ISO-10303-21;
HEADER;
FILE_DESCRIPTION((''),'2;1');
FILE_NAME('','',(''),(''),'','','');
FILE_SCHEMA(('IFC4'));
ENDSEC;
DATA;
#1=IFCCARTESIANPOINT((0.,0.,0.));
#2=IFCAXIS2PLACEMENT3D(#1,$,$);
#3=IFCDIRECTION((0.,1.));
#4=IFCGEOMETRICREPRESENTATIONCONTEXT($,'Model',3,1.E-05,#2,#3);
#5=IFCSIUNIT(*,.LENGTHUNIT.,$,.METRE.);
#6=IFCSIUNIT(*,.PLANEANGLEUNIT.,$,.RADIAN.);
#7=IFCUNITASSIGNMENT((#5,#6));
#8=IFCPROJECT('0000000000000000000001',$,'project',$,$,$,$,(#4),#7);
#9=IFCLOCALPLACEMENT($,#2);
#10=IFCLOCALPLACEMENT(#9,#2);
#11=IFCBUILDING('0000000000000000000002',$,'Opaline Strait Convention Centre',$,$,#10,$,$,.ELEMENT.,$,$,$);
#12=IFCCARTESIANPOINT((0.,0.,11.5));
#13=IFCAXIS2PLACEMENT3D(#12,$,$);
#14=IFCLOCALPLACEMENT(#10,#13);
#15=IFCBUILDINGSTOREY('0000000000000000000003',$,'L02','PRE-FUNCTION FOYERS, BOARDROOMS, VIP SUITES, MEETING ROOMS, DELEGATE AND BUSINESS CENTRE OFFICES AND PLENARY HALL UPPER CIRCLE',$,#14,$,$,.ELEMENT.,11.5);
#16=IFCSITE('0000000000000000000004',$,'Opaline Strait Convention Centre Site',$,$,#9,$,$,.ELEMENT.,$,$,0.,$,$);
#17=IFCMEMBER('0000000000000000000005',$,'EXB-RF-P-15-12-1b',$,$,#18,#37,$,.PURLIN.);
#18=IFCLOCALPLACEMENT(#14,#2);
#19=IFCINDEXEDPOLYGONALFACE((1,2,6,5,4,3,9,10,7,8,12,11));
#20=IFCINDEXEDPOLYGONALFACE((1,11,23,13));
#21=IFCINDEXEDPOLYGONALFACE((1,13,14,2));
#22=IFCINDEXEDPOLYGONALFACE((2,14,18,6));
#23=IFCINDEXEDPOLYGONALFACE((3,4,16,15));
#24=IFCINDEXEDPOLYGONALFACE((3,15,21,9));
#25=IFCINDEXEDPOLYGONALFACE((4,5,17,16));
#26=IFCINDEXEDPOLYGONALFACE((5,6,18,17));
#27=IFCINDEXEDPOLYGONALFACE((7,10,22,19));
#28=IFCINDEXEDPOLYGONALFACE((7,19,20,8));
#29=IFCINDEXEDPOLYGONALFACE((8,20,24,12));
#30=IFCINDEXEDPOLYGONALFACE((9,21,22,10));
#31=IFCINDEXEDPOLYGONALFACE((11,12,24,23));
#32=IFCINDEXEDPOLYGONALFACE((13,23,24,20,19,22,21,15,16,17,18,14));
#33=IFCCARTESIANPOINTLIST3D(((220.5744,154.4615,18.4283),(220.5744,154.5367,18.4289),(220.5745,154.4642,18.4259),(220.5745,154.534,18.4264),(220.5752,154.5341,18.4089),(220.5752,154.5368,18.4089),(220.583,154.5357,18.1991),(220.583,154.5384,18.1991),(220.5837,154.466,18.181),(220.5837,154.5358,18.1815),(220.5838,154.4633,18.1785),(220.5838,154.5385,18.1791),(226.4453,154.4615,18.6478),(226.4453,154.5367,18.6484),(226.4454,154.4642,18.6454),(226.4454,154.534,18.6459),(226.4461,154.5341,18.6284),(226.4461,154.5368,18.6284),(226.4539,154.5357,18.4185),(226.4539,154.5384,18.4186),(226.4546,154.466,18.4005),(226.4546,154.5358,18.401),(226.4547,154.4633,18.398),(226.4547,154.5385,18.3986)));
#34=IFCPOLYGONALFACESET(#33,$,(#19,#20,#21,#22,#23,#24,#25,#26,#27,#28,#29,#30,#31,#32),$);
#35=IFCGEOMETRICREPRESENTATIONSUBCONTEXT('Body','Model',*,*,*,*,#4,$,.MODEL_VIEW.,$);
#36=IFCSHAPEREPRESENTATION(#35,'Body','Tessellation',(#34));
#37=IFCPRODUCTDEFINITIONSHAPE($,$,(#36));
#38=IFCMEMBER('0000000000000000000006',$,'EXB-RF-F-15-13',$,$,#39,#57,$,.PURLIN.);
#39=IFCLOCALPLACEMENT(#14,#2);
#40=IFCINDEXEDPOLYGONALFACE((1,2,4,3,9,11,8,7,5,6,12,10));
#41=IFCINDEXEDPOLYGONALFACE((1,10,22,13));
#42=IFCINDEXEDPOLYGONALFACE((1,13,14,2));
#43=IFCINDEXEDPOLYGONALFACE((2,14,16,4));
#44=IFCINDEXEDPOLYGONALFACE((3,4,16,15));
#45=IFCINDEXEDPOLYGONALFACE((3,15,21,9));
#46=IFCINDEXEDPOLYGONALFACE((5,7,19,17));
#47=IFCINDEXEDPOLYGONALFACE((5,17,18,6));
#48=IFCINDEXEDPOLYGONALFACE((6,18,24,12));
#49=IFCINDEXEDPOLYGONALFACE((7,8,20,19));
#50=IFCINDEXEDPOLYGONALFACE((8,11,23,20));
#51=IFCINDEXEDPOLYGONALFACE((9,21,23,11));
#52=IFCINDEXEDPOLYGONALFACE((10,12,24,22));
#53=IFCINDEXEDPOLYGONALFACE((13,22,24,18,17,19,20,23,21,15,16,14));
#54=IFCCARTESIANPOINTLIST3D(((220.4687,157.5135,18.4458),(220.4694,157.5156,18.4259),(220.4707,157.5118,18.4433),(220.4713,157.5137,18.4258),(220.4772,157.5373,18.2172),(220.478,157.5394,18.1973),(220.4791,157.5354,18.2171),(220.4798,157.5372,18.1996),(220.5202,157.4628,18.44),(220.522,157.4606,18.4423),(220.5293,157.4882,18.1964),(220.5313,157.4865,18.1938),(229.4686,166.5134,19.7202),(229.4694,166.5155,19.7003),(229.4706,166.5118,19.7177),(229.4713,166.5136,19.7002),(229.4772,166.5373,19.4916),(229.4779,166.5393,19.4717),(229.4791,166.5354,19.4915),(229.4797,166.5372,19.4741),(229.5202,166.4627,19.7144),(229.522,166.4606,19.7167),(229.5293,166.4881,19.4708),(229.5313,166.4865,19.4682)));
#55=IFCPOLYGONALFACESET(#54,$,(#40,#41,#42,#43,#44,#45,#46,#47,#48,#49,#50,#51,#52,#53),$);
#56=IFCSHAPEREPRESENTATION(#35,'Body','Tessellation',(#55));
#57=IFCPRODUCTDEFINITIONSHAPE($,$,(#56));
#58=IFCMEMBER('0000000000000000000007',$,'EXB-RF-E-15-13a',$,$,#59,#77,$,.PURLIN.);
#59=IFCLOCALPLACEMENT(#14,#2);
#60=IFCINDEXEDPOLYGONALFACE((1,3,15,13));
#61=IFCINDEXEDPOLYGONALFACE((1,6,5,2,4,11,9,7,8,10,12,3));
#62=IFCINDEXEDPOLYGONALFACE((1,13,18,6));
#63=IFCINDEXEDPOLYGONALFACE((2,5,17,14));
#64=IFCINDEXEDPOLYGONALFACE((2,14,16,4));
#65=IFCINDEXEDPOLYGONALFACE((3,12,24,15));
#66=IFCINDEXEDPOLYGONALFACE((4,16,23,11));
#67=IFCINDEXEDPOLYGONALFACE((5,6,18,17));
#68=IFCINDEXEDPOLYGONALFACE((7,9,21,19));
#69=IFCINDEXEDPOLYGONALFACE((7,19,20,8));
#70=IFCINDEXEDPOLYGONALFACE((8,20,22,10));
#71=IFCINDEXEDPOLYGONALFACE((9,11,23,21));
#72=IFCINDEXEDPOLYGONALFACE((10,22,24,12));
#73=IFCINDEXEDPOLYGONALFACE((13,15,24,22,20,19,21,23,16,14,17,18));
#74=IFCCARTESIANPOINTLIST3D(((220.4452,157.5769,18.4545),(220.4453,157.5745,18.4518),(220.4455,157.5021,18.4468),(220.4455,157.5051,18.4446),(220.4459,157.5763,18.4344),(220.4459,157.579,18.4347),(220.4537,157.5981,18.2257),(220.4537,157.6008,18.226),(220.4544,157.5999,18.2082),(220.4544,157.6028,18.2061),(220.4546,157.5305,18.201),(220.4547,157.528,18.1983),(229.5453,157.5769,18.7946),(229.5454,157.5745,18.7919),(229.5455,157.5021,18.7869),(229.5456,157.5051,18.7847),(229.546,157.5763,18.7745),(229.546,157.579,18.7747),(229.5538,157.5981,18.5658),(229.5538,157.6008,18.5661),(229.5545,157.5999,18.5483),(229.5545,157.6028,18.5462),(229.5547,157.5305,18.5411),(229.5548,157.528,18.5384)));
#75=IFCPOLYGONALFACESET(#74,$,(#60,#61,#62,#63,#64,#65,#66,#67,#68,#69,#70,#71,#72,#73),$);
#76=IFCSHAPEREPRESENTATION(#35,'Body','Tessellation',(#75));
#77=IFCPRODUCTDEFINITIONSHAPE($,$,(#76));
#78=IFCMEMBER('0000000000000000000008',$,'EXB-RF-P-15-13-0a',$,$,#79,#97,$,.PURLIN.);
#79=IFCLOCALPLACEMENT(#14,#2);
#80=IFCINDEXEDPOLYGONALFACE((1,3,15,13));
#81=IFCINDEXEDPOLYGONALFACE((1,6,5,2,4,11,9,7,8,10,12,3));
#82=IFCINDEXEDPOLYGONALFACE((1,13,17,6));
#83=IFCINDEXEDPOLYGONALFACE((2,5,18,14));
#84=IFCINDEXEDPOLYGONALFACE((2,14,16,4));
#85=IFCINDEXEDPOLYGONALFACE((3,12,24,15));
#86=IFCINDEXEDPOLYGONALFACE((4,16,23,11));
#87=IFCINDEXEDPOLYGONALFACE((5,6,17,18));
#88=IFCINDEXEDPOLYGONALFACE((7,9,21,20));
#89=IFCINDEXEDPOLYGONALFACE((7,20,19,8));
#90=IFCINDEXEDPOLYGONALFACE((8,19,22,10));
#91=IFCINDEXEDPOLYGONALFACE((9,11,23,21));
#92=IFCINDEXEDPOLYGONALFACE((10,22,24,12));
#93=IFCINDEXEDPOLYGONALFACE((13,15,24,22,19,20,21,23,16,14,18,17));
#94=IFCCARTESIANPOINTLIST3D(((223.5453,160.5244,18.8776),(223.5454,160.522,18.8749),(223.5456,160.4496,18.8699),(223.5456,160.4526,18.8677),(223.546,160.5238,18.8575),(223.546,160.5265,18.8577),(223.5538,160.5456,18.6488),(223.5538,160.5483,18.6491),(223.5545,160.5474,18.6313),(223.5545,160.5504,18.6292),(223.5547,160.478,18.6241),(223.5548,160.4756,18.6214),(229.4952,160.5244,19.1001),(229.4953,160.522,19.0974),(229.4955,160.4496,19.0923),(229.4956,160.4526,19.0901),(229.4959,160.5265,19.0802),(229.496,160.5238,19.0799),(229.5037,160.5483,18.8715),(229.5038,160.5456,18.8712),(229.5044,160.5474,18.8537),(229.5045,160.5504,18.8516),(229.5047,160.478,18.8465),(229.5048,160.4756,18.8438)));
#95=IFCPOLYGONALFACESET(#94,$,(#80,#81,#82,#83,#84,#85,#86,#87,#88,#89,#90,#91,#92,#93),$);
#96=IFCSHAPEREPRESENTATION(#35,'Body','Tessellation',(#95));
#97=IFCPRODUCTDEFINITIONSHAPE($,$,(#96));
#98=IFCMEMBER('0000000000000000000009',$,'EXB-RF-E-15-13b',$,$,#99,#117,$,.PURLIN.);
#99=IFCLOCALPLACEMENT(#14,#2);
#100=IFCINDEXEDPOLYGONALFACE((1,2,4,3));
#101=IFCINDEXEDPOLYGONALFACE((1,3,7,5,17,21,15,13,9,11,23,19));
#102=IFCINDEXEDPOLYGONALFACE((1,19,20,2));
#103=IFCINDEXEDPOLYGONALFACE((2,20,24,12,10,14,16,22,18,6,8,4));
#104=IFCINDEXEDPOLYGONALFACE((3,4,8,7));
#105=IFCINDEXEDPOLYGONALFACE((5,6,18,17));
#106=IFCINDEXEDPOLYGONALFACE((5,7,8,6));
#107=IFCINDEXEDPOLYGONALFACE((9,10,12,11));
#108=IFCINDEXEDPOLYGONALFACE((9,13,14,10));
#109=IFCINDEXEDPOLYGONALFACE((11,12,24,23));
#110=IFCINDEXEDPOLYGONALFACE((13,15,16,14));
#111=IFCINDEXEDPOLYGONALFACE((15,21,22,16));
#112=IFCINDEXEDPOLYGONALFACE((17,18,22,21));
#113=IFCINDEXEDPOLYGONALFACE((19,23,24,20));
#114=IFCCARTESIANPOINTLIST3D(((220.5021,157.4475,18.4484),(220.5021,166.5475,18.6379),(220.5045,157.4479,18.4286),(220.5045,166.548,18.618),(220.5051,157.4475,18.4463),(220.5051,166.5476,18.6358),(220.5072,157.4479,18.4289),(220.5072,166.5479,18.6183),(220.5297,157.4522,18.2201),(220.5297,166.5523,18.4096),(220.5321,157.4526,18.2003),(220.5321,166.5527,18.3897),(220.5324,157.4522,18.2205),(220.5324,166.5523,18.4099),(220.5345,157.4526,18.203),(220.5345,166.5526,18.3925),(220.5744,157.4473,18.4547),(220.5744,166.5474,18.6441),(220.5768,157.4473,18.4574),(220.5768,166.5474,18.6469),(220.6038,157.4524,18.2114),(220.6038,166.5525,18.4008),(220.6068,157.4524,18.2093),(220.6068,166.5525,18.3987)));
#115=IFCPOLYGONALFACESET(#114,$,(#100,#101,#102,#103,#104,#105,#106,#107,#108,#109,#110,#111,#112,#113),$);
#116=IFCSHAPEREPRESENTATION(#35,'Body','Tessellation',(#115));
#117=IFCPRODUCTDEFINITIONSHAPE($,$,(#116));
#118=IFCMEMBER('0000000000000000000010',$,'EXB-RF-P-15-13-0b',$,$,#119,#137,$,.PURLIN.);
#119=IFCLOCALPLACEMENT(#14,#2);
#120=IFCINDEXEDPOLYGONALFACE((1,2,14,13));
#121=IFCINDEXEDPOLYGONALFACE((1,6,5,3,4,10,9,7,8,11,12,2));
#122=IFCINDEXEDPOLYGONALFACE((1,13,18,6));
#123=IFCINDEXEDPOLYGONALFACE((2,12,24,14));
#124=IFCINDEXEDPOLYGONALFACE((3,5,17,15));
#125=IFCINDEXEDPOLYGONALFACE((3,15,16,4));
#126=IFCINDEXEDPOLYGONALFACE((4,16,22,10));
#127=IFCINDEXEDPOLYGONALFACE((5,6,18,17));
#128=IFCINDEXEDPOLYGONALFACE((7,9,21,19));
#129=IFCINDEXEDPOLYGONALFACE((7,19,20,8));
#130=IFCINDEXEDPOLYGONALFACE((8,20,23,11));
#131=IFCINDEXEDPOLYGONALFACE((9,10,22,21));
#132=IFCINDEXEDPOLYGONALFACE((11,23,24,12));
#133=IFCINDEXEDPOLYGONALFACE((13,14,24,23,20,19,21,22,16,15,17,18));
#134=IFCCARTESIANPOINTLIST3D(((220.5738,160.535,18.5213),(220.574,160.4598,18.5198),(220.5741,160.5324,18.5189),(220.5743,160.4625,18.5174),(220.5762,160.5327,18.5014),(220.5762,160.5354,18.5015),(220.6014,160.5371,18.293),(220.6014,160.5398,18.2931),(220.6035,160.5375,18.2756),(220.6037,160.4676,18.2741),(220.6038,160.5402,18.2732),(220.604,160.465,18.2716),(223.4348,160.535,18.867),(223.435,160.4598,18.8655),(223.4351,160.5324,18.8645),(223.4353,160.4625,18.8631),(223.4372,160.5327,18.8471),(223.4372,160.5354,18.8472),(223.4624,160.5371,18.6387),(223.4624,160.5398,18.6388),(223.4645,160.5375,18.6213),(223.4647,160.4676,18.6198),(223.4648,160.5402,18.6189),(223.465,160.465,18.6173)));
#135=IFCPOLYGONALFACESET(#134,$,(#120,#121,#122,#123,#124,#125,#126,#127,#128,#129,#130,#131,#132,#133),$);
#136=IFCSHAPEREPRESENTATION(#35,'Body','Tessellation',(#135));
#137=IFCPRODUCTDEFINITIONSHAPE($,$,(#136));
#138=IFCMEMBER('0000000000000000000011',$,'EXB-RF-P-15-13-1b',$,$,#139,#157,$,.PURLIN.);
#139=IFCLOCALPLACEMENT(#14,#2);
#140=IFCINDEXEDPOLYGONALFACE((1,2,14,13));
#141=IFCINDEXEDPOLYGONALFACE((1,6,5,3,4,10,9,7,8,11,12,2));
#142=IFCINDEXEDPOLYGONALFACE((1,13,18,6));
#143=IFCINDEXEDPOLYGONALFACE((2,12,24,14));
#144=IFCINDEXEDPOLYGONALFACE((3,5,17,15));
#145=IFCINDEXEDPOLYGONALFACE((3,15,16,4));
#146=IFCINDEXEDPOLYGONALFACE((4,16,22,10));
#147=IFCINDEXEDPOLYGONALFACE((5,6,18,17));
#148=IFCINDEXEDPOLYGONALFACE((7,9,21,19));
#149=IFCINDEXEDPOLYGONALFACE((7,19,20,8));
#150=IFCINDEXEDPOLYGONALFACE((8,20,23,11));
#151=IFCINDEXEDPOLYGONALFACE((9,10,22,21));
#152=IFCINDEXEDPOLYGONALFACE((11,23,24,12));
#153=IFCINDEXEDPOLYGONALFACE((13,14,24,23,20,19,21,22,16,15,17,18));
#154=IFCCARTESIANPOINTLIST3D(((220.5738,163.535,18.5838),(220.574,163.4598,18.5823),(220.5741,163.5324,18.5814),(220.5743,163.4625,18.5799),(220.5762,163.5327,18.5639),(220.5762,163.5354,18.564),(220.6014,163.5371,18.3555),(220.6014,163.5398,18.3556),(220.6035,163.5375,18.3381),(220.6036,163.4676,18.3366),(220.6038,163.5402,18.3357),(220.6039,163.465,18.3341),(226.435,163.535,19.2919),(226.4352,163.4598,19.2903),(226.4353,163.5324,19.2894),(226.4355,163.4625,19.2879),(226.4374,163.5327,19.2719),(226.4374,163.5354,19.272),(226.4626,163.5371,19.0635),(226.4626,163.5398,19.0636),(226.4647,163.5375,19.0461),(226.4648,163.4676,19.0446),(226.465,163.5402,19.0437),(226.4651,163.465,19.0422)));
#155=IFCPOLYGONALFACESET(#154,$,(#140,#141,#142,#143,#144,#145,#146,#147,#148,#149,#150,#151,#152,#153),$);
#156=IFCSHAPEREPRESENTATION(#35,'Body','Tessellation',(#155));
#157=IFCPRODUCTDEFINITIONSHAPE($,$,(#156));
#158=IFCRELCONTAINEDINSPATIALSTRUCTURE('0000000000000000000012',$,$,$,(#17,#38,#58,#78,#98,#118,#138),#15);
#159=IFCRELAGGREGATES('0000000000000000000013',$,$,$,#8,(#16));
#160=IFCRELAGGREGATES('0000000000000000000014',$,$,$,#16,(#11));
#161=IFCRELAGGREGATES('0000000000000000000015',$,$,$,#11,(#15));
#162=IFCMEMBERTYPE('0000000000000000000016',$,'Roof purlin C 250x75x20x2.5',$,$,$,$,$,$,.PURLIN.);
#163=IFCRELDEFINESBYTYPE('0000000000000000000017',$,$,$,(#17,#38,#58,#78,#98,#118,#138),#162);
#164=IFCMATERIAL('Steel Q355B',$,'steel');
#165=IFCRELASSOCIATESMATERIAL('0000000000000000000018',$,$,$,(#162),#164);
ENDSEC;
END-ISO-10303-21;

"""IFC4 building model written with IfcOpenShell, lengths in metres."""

from ifc_helpers import new_model, si_unit, direction, frame, origin, place, context, subcontext, project, spatial, polyline, outline, extrude, material, material_profile, profile_set, type_object, element, save


model = new_model("IFC4")

# Units and contexts
model_context = context("Model", 3, precision=1e-05, world=origin(), true_north=direction((0.0, 1.0)))
body_context = subcontext(model_context, "Body", "Model", "MODEL_VIEW")
ifc_project = project(units=[si_unit("LENGTHUNIT", "METRE"), si_unit("PLANEANGLEUNIT", "RADIAN")], contexts=[model_context])

# Site, building, storey
site_placement = place(None, origin())
site = spatial("IfcSite", under=ifc_project, at=site_placement, Name="Opaline Strait Convention Centre Site", CompositionType="ELEMENT", RefElevation=0.0)
building_placement = place(site_placement, origin())
building = spatial("IfcBuilding", under=site, at=building_placement, Name="Opaline Strait Convention Centre", CompositionType="ELEMENT")
storey_placement = place(building_placement, frame((0.0, 0.0, 11.5)))
storey = spatial("IfcBuildingStorey", under=building, at=storey_placement, Name="L02", Description="PRE-FUNCTION FOYERS, BOARDROOMS, VIP SUITES, MEETING ROOMS, DELEGATE AND BUSINESS CENTRE OFFICES AND PLENARY HALL UPPER CIRCLE", CompositionType="ELEMENT", Elevation=11.5)

# Members
ifc_material_1 = material(Name="Steel Q355B", Category="steel")
ifc_material_profile_1 = material_profile(ifc_material_1, outline(polyline([(-0.0376, -0.125), (0.0376, -0.125), (0.0376, -0.105), (0.0349, -0.105), (0.0349, -0.1226), (-0.0349, -0.1226), (-0.0349, 0.1226), (0.0349, 0.1226), (0.0349, 0.105), (0.0376, 0.105), (0.0376, 0.125), (-0.0376, 0.125), (-0.0376, -0.125)])), Name="C 250x75x20x2.5")
ifc_profile_set_1 = profile_set([ifc_material_profile_1], Name="Steel Q355B")
member_type_1 = type_object("IfcMemberType", Name="Roof purlin C 250x75x20x2.5", PredefinedType="PURLIN", material=ifc_profile_set_1)
member_1_placement = place(storey_placement, frame((220.5791, 154.5, 18.3037), z_axis=(0.999302, 0.0, 0.037359), x_axis=(-0.000272, 0.999974, 0.007269)))
element("IfcMember", 1, at=member_1_placement, inside=storey, type_object=member_type_1, Name="EXB-RF-P-15-12-1b", PredefinedType="PURLIN", context=body_context, shape_type="SweptSolid", body=[
    extrude(outline(polyline([(-0.0376, -0.125), (0.0376, -0.125), (0.0376, -0.105), (0.0349, -0.105), (0.0349, -0.1226), (-0.0349, -0.1226), (-0.0349, 0.1226), (0.0349, 0.1226), (0.0349, 0.105), (0.0376, 0.105), (0.0376, 0.125), (-0.0376, 0.125), (-0.0376, -0.125)])), origin(), (0.0, 0.0, 1.0), 5.875),
])
member_2_placement = place(storey_placement, frame((220.5, 157.5, 18.3198), z_axis=(0.703589, 0.703589, 0.099629), x_axis=(-0.709636, 0.703016, 0.046745)))
element("IfcMember", 2, at=member_2_placement, inside=storey, type_object=member_type_1, Name="EXB-RF-F-15-13", PredefinedType="PURLIN", context=body_context, shape_type="SweptSolid", body=[
    extrude(outline(polyline([(-0.0376, -0.125), (0.0376, -0.125), (0.0376, -0.105), (0.0349, -0.105), (0.0349, -0.1226), (-0.0349, -0.1226), (-0.0349, 0.1226), (0.0349, 0.1226), (0.0349, 0.105), (0.0376, 0.105), (0.0376, 0.125), (-0.0376, 0.125), (-0.0376, -0.125)])), origin(), (0.0, 0.0, 1.0), 12.7915),
])
member_3_placement = place(storey_placement, frame((220.45, 157.5525, 18.3264), z_axis=(0.999302, 0.0, 0.037346), x_axis=(-0.003869, 0.99462, 0.103515)))
element("IfcMember", 3, at=member_3_placement, inside=storey, type_object=member_type_1, Name="EXB-RF-E-15-13a", PredefinedType="PURLIN", context=body_context, shape_type="SweptSolid", body=[
    extrude(outline(polyline([(-0.0376, -0.125), (0.0376, -0.125), (0.0376, -0.105), (0.0349, -0.105), (0.0349, -0.1226), (-0.0349, -0.1226), (-0.0349, 0.1226), (0.0349, 0.1226), (0.0349, 0.105), (0.0376, 0.105), (0.0376, 0.125), (-0.0376, 0.125), (-0.0376, -0.125)])), origin(), (0.0, 0.0, 1.0), 9.1064),
])
member_4_placement = place(storey_placement, frame((223.55, 160.5, 18.7495), z_axis=(0.999302, 0.0, 0.037354), x_axis=(-0.003872, 0.994613, 0.103586)))
element("IfcMember", 4, at=member_4_placement, inside=storey, type_object=member_type_1, Name="EXB-RF-P-15-13-0a", PredefinedType="PURLIN", context=body_context, shape_type="SweptSolid", body=[
    extrude(outline(polyline([(-0.0376, -0.125), (0.0376, -0.125), (0.0376, -0.105), (0.0349, -0.105), (0.0349, -0.1226), (-0.0349, -0.1226), (-0.0349, 0.1226), (0.0349, 0.1226), (0.0349, 0.105), (0.0376, 0.105), (0.0376, 0.125), (-0.0376, 0.125), (-0.0376, -0.125)])), origin(), (0.0, 0.0, 1.0), 5.9541),
])
member_5_placement = place(storey_placement, frame((220.5544, 157.45, 18.3289), z_axis=(0.0, 0.999783, 0.020814), x_axis=(-0.992786, 0.002496, -0.11987)))
element("IfcMember", 5, at=member_5_placement, inside=storey, type_object=member_type_1, Name="EXB-RF-E-15-13b", PredefinedType="PURLIN", context=body_context, shape_type="SweptSolid", body=[
    extrude(outline(polyline([(-0.0376, -0.125), (0.0376, -0.125), (0.0376, -0.105), (0.0349, -0.105), (0.0349, -0.1226), (-0.0349, -0.1226), (-0.0349, 0.1226), (0.0349, 0.1226), (0.0349, 0.105), (0.0376, 0.105), (0.0376, 0.125), (-0.0376, 0.125), (-0.0376, -0.125)])), origin(), (0.0, 0.0, 1.0), 9.1021),
])
member_6_placement = place(storey_placement, frame((220.5889, 160.5, 18.3965), z_axis=(0.992779, 0.0, 0.119957), x_axis=(-0.002495, 0.999784, 0.020649)))
element("IfcMember", 6, at=member_6_placement, inside=storey, type_object=member_type_1, Name="EXB-RF-P-15-13-0b", PredefinedType="PURLIN", context=body_context, shape_type="SweptSolid", body=[
    extrude(outline(polyline([(-0.0376, -0.125), (0.0376, -0.125), (0.0376, -0.105), (0.0349, -0.105), (0.0349, -0.1226), (-0.0349, -0.1226), (-0.0349, 0.1226), (0.0349, 0.1226), (0.0349, 0.105), (0.0376, 0.105), (0.0376, 0.125), (-0.0376, 0.125), (-0.0376, -0.125)])), origin(), (0.0, 0.0, 1.0), 2.8818),
])
member_7_placement = place(storey_placement, frame((220.5889, 163.5, 18.459), z_axis=(0.992783, 0.0, 0.119926), x_axis=(-0.002494, 0.999784, 0.020649)))
element("IfcMember", 7, at=member_7_placement, inside=storey, type_object=member_type_1, Name="EXB-RF-P-15-13-1b", PredefinedType="PURLIN", context=body_context, shape_type="SweptSolid", body=[
    extrude(outline(polyline([(-0.0376, -0.125), (0.0376, -0.125), (0.0376, -0.105), (0.0349, -0.105), (0.0349, -0.1226), (-0.0349, -0.1226), (-0.0349, 0.1226), (0.0349, 0.1226), (0.0349, 0.105), (0.0376, 0.105), (0.0376, 0.125), (-0.0376, 0.125), (-0.0376, -0.125)])), origin(), (0.0, 0.0, 1.0), 5.9038),
])

save(model, "model.ifc")
